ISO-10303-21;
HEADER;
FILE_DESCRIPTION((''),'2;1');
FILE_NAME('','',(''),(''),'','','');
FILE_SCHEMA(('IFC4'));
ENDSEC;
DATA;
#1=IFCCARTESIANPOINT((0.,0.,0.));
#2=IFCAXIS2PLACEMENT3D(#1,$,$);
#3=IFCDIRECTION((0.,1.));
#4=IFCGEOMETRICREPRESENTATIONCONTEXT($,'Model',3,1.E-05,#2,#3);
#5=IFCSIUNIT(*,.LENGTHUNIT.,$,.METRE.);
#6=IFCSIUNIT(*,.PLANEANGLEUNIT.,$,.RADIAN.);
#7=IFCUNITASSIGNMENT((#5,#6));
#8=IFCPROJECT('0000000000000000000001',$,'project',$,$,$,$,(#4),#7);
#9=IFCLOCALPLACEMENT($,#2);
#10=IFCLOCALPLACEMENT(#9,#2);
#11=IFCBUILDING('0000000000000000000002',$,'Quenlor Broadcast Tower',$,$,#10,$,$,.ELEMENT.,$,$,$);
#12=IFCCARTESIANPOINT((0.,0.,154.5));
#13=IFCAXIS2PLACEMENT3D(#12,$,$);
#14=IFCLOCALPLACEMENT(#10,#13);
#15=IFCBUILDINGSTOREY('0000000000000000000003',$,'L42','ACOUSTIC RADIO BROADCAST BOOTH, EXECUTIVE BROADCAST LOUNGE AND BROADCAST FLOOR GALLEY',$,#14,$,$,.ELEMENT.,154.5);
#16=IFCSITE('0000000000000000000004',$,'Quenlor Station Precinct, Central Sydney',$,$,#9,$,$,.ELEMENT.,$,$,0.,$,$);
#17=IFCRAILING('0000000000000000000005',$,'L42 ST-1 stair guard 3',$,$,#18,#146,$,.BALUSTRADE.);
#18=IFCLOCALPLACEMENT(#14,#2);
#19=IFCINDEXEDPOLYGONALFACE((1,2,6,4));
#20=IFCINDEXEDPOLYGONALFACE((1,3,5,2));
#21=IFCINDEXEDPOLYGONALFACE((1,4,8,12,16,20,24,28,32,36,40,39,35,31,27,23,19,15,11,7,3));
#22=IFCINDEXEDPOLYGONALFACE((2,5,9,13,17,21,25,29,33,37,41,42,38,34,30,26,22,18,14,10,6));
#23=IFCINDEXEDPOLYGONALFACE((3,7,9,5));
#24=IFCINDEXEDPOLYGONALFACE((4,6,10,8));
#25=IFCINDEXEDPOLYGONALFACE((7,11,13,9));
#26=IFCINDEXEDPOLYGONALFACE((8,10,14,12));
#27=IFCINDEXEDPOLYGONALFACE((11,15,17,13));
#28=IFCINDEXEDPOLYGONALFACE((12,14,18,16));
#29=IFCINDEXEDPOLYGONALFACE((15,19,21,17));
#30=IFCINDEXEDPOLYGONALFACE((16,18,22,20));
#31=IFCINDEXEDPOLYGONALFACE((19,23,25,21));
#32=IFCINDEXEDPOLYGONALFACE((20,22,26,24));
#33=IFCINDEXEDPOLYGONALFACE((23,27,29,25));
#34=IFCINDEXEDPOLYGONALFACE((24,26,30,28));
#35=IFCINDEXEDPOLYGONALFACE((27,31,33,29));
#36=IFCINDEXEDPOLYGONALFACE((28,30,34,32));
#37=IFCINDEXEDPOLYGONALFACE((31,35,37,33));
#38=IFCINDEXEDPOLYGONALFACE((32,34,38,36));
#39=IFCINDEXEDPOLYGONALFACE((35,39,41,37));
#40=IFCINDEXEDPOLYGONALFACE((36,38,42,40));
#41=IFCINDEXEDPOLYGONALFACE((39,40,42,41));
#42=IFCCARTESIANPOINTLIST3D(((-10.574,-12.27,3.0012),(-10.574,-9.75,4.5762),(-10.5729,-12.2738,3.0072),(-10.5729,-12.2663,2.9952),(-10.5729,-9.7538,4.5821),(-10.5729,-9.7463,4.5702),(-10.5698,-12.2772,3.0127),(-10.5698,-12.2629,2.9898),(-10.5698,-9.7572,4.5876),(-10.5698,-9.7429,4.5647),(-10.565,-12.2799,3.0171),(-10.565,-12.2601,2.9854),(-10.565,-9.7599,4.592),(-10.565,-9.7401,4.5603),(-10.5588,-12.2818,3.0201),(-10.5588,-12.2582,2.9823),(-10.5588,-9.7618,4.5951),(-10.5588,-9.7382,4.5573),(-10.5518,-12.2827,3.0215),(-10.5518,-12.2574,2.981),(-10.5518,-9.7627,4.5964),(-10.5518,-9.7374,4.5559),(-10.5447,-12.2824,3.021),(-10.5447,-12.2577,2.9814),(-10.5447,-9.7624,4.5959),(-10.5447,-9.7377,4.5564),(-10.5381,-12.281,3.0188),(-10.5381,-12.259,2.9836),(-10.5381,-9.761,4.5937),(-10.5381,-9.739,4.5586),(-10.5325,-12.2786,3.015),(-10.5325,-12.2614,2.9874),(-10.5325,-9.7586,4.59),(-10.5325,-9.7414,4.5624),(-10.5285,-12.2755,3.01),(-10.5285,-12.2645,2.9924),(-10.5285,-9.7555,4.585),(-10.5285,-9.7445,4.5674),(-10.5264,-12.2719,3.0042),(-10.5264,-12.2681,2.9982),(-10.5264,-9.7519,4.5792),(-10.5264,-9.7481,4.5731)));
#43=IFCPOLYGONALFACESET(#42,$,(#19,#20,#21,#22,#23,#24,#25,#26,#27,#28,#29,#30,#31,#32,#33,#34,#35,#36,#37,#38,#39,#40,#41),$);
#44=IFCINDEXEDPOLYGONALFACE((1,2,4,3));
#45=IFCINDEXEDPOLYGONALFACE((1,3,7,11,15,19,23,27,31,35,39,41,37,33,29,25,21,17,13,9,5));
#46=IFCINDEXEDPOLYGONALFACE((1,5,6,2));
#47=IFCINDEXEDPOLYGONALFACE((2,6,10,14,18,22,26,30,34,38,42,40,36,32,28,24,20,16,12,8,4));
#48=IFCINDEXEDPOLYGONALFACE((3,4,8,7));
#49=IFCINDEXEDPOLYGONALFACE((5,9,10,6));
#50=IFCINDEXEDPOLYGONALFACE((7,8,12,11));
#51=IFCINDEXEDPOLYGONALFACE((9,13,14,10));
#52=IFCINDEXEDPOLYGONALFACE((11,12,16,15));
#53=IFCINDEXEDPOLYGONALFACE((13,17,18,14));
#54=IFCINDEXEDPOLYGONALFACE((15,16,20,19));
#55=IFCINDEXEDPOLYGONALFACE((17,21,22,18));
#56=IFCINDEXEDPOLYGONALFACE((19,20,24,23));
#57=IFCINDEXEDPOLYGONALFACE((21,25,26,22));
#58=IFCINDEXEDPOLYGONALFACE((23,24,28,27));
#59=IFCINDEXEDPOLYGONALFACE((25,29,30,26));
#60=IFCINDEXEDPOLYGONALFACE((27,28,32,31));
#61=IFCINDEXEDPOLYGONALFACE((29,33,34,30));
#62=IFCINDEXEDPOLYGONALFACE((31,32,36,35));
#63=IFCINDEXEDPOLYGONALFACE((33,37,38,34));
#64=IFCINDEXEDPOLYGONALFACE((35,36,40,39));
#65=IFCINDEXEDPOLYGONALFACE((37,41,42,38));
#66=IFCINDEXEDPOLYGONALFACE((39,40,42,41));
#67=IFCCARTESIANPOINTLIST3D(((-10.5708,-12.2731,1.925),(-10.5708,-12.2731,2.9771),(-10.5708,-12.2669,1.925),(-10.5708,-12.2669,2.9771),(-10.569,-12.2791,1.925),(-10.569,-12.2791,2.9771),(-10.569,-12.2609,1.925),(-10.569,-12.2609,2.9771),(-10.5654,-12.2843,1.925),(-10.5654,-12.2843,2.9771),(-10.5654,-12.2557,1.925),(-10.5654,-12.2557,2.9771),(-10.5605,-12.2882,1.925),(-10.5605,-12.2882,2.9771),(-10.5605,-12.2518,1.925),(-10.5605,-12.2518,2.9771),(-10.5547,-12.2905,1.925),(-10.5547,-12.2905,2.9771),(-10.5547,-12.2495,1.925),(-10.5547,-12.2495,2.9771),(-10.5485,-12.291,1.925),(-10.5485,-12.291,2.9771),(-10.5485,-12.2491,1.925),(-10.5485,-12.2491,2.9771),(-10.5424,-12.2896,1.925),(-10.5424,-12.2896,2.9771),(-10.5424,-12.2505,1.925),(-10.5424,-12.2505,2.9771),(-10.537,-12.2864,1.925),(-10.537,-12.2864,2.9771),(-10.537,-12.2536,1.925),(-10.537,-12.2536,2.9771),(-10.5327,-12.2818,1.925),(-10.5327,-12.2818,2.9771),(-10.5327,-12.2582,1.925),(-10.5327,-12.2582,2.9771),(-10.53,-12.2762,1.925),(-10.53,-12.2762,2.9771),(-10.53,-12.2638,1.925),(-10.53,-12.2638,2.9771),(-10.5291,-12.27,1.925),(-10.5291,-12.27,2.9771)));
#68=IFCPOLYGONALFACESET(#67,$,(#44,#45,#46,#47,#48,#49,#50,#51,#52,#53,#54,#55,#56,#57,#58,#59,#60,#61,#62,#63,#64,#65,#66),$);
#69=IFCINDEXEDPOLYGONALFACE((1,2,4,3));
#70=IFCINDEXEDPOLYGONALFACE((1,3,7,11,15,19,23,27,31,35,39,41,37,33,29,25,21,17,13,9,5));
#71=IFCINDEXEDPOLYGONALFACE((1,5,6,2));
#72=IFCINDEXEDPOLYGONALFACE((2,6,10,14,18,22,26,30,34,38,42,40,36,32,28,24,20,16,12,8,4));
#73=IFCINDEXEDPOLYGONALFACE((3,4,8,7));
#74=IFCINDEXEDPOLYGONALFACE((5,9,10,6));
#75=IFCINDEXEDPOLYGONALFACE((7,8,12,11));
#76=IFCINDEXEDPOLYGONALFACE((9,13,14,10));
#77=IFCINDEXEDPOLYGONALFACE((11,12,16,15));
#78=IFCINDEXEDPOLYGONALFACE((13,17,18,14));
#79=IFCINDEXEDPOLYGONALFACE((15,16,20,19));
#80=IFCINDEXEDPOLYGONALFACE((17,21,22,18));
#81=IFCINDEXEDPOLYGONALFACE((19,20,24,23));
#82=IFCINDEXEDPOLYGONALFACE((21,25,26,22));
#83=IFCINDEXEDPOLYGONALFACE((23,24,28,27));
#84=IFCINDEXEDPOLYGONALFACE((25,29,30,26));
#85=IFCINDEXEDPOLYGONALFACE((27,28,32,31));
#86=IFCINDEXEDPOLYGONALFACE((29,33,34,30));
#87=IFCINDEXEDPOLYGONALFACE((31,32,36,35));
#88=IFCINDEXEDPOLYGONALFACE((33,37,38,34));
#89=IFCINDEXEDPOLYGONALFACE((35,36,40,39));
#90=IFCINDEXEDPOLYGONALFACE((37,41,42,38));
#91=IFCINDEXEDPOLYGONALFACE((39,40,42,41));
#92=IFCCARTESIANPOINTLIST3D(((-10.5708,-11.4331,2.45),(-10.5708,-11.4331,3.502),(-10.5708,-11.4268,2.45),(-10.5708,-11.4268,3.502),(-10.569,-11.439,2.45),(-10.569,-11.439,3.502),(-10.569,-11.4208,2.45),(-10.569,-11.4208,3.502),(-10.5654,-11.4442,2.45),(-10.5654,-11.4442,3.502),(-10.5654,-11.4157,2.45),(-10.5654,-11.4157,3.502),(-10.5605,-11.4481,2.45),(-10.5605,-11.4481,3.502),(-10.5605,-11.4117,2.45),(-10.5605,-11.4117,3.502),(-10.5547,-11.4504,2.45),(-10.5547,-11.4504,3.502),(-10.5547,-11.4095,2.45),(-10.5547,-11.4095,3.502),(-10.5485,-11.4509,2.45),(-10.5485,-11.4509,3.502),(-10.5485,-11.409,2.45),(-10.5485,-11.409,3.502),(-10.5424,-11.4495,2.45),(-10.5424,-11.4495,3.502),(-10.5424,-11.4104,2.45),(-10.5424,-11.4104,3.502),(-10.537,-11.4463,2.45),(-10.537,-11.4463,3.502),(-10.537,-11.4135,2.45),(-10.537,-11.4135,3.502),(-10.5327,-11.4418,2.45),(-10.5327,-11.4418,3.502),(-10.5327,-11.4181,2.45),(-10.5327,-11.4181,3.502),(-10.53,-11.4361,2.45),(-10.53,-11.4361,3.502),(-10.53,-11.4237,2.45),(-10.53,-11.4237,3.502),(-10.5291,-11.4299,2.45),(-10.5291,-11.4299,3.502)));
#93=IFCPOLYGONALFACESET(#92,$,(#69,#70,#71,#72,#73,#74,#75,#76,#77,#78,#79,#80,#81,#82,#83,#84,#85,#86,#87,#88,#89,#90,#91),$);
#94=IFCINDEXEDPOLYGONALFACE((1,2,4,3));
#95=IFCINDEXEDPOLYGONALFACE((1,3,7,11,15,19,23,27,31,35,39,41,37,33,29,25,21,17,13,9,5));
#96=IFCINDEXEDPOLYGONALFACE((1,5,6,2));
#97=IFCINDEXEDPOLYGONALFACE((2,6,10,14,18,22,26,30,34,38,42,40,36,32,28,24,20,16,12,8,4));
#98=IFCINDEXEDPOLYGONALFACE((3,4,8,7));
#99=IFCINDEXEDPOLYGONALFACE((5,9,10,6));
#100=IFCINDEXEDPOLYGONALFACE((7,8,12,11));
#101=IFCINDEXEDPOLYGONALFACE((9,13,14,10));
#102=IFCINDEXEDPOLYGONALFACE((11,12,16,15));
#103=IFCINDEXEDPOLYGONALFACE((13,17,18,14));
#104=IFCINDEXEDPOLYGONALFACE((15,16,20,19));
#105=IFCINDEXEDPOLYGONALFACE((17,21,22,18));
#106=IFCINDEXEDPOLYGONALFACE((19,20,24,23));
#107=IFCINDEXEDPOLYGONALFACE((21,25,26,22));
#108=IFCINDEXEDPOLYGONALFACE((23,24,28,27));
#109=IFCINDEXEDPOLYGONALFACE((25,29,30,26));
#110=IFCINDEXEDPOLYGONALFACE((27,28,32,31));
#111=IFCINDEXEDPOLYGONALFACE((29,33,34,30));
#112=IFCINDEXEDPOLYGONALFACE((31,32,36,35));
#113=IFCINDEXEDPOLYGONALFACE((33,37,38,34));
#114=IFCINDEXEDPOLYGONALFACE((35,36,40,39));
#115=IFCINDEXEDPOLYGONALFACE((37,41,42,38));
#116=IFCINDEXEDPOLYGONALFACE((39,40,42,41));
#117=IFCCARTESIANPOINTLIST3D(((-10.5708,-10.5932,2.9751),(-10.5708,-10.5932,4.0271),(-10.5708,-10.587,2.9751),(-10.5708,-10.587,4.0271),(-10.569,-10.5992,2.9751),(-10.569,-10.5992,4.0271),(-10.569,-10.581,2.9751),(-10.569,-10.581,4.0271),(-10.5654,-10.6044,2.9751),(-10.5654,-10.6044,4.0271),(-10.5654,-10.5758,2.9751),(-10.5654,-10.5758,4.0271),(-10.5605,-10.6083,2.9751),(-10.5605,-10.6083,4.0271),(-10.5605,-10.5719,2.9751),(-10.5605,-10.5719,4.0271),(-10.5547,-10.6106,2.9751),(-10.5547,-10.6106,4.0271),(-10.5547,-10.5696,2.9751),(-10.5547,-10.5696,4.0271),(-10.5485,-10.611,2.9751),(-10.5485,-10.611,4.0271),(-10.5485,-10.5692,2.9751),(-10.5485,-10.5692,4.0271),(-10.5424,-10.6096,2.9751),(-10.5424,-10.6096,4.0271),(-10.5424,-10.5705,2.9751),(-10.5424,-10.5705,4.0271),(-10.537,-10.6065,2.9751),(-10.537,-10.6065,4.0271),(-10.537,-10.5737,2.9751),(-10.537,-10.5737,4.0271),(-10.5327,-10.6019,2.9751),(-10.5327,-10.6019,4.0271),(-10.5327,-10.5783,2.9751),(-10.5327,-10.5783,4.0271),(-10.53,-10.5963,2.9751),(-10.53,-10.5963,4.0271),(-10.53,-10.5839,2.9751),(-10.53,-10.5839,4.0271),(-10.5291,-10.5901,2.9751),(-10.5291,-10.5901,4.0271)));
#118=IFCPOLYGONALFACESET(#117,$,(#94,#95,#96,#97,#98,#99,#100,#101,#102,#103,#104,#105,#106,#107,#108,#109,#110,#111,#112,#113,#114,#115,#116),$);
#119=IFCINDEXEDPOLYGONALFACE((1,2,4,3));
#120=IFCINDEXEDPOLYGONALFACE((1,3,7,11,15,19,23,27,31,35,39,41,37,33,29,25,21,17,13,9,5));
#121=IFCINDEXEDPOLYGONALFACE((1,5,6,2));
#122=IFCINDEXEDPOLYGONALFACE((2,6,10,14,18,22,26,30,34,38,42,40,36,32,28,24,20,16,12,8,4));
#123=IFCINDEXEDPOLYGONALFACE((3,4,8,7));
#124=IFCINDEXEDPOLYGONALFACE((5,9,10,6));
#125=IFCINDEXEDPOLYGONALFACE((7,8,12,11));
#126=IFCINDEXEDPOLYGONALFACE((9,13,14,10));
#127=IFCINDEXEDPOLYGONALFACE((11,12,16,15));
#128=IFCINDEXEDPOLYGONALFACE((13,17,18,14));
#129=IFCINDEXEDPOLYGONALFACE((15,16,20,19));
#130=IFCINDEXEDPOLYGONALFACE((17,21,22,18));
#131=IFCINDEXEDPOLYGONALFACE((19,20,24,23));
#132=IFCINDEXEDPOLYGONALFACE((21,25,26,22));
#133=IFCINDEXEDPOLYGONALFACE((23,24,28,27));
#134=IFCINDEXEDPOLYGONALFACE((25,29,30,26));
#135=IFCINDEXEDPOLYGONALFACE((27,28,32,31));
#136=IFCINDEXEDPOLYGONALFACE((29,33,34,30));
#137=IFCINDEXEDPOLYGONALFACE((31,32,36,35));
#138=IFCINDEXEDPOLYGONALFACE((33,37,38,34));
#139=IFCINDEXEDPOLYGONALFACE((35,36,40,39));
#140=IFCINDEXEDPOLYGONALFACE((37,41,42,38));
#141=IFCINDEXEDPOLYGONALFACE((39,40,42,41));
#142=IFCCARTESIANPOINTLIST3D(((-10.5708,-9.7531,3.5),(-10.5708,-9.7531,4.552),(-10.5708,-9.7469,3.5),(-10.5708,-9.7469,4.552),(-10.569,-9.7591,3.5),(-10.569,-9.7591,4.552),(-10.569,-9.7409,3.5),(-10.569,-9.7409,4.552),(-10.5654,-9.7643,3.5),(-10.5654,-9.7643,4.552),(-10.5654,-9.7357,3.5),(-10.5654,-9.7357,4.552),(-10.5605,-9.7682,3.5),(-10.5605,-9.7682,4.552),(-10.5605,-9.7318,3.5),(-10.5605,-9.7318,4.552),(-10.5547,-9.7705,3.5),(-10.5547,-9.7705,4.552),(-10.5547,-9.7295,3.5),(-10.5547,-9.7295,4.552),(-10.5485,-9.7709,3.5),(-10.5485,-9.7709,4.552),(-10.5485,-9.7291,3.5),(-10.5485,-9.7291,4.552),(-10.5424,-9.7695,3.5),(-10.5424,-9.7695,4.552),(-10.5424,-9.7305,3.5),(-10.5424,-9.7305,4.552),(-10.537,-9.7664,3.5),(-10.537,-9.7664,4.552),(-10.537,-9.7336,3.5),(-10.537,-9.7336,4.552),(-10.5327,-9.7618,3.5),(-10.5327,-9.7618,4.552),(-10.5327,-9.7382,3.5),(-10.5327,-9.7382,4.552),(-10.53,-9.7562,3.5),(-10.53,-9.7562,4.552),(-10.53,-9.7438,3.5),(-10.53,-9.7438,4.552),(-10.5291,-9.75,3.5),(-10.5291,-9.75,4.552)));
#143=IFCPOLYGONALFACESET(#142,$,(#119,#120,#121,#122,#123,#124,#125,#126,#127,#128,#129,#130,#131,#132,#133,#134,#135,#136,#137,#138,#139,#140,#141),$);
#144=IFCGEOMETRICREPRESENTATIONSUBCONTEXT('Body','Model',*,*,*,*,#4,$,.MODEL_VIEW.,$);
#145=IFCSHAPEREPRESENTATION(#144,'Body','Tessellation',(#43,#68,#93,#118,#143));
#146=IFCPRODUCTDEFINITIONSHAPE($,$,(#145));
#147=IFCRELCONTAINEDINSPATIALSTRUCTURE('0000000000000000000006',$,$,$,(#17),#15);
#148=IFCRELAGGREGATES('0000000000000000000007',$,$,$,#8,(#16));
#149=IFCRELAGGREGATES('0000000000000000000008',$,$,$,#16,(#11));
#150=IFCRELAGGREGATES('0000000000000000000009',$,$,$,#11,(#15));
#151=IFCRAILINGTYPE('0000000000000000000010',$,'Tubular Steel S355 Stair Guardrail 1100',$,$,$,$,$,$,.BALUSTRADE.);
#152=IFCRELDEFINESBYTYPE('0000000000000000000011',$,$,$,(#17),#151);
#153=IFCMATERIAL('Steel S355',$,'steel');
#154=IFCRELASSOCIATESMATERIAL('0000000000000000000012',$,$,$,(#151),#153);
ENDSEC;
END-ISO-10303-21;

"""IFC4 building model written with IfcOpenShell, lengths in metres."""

from ifc_helpers import new_model, si_unit, direction, frame, origin, origin_2d, place, context, subcontext, project, spatial, circle, extrude, material, type_object, element, save


model = new_model("IFC4")

# Units and contexts
model_context = context("Model", 3, precision=1e-05, world=origin(), true_north=direction((0.0, 1.0)))
body_context = subcontext(model_context, "Body", "Model", "MODEL_VIEW")
ifc_project = project(units=[si_unit("LENGTHUNIT", "METRE"), si_unit("PLANEANGLEUNIT", "RADIAN")], contexts=[model_context])

# Site, building, storey
site_placement = place(None, origin())
site = spatial("IfcSite", under=ifc_project, at=site_placement, Name="Quenlor Station Precinct, Central Sydney", CompositionType="ELEMENT", RefElevation=0.0)
building_placement = place(site_placement, origin())
building = spatial("IfcBuilding", under=site, at=building_placement, Name="Quenlor Broadcast Tower", CompositionType="ELEMENT")
storey_placement = place(building_placement, frame((0.0, 0.0, 154.5)))
storey = spatial("IfcBuildingStorey", under=building, at=storey_placement, Name="L42", Description="ACOUSTIC RADIO BROADCAST BOOTH, EXECUTIVE BROADCAST LOUNGE AND BROADCAST FLOOR GALLEY", CompositionType="ELEMENT", Elevation=154.5)

# Railing
ifc_material_1 = material(Name="Steel S355", Category="steel")
railing_type_1 = type_object("IfcRailingType", Name="Tubular Steel S355 Stair Guardrail 1100", PredefinedType="BALUSTRADE", material=ifc_material_1)
railing_1_placement = place(storey_placement, frame((-10.55, -12.27, 1.925)))
element("IfcRailing", 1, at=railing_1_placement, inside=storey, type_object=railing_type_1, Name="L42 ST-1 stair guard 3", PredefinedType="BALUSTRADE", context=body_context, shape_type="SweptSolid", body=[
    extrude(circle(Radius=0.0239, at=origin_2d()), frame((0.0, 0.0, 1.0762), z_axis=(0.0, 0.848008, 0.529984), x_axis=(-1.0, 0.0, 0.0)), (0.0, 0.0, 1.0), 2.9717),
    extrude(circle(Radius=0.021, at=origin_2d()), origin(), (0.0, 0.0, 1.0), 1.052),
    extrude(circle(Radius=0.021, at=origin_2d()), frame((0.0, 0.8401, 0.5249)), (0.0, 0.0, 1.0), 1.052),
    extrude(circle(Radius=0.021, at=origin_2d()), frame((0.0, 1.6799, 1.05)), (0.0, 0.0, 1.0), 1.052),
    extrude(circle(Radius=0.021, at=origin_2d()), frame((0.0, 2.52, 1.575)), (0.0, 0.0, 1.0), 1.052),
])

save(model, "model.ifc")
